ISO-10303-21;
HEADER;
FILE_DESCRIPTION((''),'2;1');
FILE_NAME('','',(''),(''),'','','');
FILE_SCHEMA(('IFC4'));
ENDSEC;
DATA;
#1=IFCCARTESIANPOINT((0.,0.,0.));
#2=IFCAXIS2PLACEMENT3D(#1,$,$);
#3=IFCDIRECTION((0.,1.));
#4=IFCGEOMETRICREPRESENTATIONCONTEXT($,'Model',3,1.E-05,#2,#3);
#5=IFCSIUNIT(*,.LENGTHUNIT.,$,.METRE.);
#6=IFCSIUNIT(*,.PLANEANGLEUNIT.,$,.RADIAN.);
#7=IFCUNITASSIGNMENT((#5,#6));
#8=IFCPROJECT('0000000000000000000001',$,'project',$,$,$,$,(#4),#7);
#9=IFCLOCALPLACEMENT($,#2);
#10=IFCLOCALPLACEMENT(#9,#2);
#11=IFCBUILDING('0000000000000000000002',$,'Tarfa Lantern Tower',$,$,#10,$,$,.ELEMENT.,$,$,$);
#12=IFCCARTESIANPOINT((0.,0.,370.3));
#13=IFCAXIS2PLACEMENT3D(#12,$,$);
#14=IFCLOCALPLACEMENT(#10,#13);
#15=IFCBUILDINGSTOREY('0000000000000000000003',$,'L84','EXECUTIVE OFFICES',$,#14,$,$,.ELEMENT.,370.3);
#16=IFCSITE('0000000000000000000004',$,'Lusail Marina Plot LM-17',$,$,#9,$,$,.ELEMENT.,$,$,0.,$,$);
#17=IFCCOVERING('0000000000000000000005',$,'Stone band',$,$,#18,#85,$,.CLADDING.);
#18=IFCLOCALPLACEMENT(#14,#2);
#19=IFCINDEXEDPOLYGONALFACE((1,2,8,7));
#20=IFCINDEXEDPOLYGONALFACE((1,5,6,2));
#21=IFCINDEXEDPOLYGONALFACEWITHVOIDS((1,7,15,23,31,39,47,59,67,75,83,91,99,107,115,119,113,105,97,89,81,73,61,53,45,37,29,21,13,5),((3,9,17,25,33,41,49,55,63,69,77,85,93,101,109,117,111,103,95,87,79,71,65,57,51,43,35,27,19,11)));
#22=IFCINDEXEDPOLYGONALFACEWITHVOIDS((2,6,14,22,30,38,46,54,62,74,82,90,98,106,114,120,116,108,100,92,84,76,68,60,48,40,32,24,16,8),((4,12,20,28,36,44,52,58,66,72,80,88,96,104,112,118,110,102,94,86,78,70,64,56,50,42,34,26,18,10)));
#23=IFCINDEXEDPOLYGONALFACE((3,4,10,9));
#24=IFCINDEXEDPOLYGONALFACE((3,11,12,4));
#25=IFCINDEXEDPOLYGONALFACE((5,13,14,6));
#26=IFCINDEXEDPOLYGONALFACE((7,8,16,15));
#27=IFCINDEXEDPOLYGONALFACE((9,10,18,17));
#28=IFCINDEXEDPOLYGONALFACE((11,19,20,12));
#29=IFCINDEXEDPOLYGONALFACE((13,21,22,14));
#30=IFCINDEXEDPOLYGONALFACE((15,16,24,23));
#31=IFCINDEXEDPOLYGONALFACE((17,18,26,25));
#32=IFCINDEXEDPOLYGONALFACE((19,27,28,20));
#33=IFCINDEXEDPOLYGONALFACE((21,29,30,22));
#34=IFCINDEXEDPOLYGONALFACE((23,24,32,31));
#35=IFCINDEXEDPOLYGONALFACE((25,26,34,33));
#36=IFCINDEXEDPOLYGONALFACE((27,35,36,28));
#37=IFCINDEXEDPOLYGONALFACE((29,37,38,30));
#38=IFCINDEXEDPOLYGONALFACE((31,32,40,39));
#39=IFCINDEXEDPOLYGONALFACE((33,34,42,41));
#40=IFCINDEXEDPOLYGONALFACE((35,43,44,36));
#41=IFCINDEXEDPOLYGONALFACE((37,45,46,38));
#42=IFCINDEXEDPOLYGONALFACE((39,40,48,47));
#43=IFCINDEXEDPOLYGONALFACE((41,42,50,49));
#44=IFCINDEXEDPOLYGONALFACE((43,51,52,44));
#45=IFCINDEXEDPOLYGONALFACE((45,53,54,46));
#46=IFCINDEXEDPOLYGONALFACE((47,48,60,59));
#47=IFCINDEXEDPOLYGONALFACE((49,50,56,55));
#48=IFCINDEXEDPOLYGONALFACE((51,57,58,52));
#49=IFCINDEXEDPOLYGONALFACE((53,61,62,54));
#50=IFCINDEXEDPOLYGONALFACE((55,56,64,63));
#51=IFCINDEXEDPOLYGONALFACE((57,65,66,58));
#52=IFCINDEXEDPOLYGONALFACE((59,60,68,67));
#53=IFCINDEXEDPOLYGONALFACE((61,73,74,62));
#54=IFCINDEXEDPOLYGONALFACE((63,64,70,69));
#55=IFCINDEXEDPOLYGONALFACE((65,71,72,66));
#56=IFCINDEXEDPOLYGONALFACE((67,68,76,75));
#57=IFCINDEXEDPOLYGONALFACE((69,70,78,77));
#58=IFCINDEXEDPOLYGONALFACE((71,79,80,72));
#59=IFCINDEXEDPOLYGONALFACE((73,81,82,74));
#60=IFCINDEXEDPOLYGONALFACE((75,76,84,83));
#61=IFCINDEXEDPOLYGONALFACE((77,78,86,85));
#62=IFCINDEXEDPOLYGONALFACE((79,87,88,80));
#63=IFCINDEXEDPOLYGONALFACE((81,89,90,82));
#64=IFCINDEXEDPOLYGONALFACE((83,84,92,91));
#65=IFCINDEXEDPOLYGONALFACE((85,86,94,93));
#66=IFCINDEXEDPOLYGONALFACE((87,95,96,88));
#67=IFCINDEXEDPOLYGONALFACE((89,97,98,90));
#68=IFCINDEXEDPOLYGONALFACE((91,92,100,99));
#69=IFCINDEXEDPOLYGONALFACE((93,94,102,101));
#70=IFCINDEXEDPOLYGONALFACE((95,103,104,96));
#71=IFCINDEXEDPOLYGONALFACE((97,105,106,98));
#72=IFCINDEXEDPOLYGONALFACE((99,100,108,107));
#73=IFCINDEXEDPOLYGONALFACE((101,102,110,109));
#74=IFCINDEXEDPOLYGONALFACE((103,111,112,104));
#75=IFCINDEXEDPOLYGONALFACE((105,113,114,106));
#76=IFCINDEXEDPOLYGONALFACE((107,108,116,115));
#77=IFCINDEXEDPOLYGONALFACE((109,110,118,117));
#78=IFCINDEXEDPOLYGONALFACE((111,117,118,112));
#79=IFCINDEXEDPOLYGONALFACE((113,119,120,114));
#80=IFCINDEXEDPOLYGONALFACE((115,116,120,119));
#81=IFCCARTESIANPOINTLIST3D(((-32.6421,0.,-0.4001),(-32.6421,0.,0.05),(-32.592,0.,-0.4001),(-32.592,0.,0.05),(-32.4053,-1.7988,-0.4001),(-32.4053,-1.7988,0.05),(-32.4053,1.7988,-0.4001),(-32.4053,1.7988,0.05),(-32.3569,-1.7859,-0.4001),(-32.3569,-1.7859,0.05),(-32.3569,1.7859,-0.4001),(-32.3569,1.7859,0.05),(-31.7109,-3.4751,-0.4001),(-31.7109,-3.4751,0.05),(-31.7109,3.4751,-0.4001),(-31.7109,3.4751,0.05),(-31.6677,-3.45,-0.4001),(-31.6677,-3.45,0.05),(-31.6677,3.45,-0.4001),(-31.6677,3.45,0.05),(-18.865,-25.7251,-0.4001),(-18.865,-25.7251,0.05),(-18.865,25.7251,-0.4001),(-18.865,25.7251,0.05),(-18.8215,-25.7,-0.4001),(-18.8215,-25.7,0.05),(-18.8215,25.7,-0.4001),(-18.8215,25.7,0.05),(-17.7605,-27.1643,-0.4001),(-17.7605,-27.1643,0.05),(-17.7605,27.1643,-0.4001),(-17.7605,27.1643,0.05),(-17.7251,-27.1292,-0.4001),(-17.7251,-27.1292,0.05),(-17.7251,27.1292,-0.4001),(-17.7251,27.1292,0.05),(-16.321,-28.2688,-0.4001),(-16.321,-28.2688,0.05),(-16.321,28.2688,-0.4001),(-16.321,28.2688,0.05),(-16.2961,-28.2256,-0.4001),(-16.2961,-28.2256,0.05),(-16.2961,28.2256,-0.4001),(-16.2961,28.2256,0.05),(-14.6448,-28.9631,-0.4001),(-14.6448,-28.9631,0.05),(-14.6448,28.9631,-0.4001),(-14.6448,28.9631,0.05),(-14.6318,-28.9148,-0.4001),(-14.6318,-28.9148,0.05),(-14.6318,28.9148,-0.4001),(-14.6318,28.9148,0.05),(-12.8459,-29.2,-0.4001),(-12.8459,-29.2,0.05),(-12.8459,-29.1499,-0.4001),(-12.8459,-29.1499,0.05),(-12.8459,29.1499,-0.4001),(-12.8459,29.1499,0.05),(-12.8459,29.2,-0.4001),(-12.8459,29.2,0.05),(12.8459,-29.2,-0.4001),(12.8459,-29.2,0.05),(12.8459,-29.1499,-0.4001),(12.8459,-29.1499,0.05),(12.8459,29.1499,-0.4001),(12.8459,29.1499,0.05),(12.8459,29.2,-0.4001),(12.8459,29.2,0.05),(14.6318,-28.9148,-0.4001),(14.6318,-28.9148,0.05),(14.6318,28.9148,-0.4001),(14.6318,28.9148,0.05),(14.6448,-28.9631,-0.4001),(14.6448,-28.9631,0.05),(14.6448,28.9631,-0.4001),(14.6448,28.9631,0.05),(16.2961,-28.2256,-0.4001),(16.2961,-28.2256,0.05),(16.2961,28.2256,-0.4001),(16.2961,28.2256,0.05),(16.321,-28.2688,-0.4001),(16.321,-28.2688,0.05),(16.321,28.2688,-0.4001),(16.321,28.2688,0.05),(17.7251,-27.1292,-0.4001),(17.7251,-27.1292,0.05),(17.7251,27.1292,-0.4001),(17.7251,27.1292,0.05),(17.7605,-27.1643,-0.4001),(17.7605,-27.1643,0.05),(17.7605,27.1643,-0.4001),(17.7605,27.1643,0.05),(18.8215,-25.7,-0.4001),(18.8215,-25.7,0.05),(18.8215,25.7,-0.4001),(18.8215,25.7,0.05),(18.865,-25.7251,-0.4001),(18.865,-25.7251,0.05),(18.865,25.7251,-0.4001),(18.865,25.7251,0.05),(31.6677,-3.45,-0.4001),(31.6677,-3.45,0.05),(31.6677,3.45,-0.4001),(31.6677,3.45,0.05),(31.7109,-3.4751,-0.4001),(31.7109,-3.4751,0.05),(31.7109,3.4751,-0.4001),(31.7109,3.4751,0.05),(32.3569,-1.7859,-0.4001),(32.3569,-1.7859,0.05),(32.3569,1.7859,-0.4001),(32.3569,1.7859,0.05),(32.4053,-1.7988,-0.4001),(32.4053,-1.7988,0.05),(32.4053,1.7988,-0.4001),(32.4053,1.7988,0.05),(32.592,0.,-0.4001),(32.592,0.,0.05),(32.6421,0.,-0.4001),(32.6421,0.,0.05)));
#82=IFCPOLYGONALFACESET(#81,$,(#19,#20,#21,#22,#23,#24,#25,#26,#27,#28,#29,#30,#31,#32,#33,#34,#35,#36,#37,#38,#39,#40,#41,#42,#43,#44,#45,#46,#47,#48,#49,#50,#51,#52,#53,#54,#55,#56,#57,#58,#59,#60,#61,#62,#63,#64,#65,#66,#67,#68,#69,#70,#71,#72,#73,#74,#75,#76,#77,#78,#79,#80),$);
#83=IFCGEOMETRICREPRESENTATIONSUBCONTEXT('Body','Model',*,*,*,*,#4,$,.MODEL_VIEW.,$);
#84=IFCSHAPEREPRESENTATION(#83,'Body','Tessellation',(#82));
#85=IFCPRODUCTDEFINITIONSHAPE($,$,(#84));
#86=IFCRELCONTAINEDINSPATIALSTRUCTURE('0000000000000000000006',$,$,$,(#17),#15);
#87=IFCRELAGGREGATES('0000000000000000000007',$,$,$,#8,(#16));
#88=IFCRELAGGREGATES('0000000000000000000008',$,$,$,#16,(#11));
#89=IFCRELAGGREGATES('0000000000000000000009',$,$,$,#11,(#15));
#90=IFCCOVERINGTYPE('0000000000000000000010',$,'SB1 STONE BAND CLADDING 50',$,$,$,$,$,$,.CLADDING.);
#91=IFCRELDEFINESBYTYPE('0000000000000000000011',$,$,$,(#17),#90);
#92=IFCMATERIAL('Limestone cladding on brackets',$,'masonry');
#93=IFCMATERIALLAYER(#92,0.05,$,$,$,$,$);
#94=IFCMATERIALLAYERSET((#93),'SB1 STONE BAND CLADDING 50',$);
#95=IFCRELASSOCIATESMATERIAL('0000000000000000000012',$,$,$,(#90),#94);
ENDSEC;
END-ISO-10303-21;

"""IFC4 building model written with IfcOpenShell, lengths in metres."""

from ifc_helpers import new_model, si_unit, direction, frame, origin, place, context, subcontext, project, spatial, polyline, outline, extrude, material, layer, layer_set, type_object, element, save


model = new_model("IFC4")

# Units and contexts
model_context = context("Model", 3, precision=1e-05, world=origin(), true_north=direction((0.0, 1.0)))
body_context = subcontext(model_context, "Body", "Model", "MODEL_VIEW")
ifc_project = project(units=[si_unit("LENGTHUNIT", "METRE"), si_unit("PLANEANGLEUNIT", "RADIAN")], contexts=[model_context])

# Site, building, storey
site_placement = place(None, origin())
site = spatial("IfcSite", under=ifc_project, at=site_placement, Name="Lusail Marina Plot LM-17", CompositionType="ELEMENT", RefElevation=0.0)
building_placement = place(site_placement, origin())
building = spatial("IfcBuilding", under=site, at=building_placement, Name="Tarfa Lantern Tower", CompositionType="ELEMENT")
storey_placement = place(building_placement, frame((0.0, 0.0, 370.3)))
storey = spatial("IfcBuildingStorey", under=building, at=storey_placement, Name="L84", Description="EXECUTIVE OFFICES", CompositionType="ELEMENT", Elevation=370.3)

# Covering
ifc_material_1 = material(Name="Limestone cladding on brackets", Category="masonry")
ifc_layer_1 = layer(ifc_material_1, 0.05)
ifc_layer_set_1 = layer_set([ifc_layer_1], Name="SB1 STONE BAND CLADDING 50")
covering_type_1 = type_object("IfcCoveringType", Name="SB1 STONE BAND CLADDING 50", PredefinedType="CLADDING", material=ifc_layer_set_1)
covering_1_placement = place(storey_placement, frame((0.0, 0.0, -0.4001)))
element("IfcCovering", 1, at=covering_1_placement, inside=storey, type_object=covering_type_1, Name="Stone band", PredefinedType="CLADDING", context=body_context, shape_type="SweptSolid", body=[
    extrude(outline(polyline([(31.7109, 3.4751), (18.865, 25.7251), (17.7605, 27.1643), (16.321, 28.2688), (14.6448, 28.9631), (12.8459, 29.2), (-12.8459, 29.2), (-14.6448, 28.9631), (-16.321, 28.2688), (-17.7605, 27.1643), (-18.865, 25.7251), (-31.7109, 3.4751), (-32.4053, 1.7988), (-32.6421, 0.0), (-32.4053, -1.7988), (-31.7109, -3.4751), (-18.865, -25.7251), (-17.7605, -27.1643), (-16.321, -28.2688), (-14.6448, -28.9631), (-12.8459, -29.2), (12.8459, -29.2), (14.6448, -28.9631), (16.321, -28.2688), (17.7605, -27.1643), (18.865, -25.7251), (31.7109, -3.4751), (32.4053, -1.7988), (32.6421, 0.0), (32.4053, 1.7988), (31.7109, 3.4751)]), holes=[polyline([(31.6677, 3.45), (18.8215, 25.7), (17.7251, 27.1292), (16.2961, 28.2256), (14.6318, 28.9148), (12.8459, 29.1499), (-12.8459, 29.1499), (-14.6318, 28.9148), (-16.2961, 28.2256), (-17.7251, 27.1292), (-18.8215, 25.7), (-31.6677, 3.45), (-32.3569, 1.7859), (-32.592, 0.0), (-32.3569, -1.7859), (-31.6677, -3.45), (-18.8215, -25.7), (-17.7251, -27.1292), (-16.2961, -28.2256), (-14.6318, -28.9148), (-12.8459, -29.1499), (12.8459, -29.1499), (14.6318, -28.9148), (16.2961, -28.2256), (17.7251, -27.1292), (18.8215, -25.7), (31.6677, -3.45), (32.3569, -1.7859), (32.592, 0.0), (32.3569, 1.7859), (31.6677, 3.45)])]), origin(), (0.0, 0.0, 1.0), 0.4502),
])

save(model, "model.ifc")
